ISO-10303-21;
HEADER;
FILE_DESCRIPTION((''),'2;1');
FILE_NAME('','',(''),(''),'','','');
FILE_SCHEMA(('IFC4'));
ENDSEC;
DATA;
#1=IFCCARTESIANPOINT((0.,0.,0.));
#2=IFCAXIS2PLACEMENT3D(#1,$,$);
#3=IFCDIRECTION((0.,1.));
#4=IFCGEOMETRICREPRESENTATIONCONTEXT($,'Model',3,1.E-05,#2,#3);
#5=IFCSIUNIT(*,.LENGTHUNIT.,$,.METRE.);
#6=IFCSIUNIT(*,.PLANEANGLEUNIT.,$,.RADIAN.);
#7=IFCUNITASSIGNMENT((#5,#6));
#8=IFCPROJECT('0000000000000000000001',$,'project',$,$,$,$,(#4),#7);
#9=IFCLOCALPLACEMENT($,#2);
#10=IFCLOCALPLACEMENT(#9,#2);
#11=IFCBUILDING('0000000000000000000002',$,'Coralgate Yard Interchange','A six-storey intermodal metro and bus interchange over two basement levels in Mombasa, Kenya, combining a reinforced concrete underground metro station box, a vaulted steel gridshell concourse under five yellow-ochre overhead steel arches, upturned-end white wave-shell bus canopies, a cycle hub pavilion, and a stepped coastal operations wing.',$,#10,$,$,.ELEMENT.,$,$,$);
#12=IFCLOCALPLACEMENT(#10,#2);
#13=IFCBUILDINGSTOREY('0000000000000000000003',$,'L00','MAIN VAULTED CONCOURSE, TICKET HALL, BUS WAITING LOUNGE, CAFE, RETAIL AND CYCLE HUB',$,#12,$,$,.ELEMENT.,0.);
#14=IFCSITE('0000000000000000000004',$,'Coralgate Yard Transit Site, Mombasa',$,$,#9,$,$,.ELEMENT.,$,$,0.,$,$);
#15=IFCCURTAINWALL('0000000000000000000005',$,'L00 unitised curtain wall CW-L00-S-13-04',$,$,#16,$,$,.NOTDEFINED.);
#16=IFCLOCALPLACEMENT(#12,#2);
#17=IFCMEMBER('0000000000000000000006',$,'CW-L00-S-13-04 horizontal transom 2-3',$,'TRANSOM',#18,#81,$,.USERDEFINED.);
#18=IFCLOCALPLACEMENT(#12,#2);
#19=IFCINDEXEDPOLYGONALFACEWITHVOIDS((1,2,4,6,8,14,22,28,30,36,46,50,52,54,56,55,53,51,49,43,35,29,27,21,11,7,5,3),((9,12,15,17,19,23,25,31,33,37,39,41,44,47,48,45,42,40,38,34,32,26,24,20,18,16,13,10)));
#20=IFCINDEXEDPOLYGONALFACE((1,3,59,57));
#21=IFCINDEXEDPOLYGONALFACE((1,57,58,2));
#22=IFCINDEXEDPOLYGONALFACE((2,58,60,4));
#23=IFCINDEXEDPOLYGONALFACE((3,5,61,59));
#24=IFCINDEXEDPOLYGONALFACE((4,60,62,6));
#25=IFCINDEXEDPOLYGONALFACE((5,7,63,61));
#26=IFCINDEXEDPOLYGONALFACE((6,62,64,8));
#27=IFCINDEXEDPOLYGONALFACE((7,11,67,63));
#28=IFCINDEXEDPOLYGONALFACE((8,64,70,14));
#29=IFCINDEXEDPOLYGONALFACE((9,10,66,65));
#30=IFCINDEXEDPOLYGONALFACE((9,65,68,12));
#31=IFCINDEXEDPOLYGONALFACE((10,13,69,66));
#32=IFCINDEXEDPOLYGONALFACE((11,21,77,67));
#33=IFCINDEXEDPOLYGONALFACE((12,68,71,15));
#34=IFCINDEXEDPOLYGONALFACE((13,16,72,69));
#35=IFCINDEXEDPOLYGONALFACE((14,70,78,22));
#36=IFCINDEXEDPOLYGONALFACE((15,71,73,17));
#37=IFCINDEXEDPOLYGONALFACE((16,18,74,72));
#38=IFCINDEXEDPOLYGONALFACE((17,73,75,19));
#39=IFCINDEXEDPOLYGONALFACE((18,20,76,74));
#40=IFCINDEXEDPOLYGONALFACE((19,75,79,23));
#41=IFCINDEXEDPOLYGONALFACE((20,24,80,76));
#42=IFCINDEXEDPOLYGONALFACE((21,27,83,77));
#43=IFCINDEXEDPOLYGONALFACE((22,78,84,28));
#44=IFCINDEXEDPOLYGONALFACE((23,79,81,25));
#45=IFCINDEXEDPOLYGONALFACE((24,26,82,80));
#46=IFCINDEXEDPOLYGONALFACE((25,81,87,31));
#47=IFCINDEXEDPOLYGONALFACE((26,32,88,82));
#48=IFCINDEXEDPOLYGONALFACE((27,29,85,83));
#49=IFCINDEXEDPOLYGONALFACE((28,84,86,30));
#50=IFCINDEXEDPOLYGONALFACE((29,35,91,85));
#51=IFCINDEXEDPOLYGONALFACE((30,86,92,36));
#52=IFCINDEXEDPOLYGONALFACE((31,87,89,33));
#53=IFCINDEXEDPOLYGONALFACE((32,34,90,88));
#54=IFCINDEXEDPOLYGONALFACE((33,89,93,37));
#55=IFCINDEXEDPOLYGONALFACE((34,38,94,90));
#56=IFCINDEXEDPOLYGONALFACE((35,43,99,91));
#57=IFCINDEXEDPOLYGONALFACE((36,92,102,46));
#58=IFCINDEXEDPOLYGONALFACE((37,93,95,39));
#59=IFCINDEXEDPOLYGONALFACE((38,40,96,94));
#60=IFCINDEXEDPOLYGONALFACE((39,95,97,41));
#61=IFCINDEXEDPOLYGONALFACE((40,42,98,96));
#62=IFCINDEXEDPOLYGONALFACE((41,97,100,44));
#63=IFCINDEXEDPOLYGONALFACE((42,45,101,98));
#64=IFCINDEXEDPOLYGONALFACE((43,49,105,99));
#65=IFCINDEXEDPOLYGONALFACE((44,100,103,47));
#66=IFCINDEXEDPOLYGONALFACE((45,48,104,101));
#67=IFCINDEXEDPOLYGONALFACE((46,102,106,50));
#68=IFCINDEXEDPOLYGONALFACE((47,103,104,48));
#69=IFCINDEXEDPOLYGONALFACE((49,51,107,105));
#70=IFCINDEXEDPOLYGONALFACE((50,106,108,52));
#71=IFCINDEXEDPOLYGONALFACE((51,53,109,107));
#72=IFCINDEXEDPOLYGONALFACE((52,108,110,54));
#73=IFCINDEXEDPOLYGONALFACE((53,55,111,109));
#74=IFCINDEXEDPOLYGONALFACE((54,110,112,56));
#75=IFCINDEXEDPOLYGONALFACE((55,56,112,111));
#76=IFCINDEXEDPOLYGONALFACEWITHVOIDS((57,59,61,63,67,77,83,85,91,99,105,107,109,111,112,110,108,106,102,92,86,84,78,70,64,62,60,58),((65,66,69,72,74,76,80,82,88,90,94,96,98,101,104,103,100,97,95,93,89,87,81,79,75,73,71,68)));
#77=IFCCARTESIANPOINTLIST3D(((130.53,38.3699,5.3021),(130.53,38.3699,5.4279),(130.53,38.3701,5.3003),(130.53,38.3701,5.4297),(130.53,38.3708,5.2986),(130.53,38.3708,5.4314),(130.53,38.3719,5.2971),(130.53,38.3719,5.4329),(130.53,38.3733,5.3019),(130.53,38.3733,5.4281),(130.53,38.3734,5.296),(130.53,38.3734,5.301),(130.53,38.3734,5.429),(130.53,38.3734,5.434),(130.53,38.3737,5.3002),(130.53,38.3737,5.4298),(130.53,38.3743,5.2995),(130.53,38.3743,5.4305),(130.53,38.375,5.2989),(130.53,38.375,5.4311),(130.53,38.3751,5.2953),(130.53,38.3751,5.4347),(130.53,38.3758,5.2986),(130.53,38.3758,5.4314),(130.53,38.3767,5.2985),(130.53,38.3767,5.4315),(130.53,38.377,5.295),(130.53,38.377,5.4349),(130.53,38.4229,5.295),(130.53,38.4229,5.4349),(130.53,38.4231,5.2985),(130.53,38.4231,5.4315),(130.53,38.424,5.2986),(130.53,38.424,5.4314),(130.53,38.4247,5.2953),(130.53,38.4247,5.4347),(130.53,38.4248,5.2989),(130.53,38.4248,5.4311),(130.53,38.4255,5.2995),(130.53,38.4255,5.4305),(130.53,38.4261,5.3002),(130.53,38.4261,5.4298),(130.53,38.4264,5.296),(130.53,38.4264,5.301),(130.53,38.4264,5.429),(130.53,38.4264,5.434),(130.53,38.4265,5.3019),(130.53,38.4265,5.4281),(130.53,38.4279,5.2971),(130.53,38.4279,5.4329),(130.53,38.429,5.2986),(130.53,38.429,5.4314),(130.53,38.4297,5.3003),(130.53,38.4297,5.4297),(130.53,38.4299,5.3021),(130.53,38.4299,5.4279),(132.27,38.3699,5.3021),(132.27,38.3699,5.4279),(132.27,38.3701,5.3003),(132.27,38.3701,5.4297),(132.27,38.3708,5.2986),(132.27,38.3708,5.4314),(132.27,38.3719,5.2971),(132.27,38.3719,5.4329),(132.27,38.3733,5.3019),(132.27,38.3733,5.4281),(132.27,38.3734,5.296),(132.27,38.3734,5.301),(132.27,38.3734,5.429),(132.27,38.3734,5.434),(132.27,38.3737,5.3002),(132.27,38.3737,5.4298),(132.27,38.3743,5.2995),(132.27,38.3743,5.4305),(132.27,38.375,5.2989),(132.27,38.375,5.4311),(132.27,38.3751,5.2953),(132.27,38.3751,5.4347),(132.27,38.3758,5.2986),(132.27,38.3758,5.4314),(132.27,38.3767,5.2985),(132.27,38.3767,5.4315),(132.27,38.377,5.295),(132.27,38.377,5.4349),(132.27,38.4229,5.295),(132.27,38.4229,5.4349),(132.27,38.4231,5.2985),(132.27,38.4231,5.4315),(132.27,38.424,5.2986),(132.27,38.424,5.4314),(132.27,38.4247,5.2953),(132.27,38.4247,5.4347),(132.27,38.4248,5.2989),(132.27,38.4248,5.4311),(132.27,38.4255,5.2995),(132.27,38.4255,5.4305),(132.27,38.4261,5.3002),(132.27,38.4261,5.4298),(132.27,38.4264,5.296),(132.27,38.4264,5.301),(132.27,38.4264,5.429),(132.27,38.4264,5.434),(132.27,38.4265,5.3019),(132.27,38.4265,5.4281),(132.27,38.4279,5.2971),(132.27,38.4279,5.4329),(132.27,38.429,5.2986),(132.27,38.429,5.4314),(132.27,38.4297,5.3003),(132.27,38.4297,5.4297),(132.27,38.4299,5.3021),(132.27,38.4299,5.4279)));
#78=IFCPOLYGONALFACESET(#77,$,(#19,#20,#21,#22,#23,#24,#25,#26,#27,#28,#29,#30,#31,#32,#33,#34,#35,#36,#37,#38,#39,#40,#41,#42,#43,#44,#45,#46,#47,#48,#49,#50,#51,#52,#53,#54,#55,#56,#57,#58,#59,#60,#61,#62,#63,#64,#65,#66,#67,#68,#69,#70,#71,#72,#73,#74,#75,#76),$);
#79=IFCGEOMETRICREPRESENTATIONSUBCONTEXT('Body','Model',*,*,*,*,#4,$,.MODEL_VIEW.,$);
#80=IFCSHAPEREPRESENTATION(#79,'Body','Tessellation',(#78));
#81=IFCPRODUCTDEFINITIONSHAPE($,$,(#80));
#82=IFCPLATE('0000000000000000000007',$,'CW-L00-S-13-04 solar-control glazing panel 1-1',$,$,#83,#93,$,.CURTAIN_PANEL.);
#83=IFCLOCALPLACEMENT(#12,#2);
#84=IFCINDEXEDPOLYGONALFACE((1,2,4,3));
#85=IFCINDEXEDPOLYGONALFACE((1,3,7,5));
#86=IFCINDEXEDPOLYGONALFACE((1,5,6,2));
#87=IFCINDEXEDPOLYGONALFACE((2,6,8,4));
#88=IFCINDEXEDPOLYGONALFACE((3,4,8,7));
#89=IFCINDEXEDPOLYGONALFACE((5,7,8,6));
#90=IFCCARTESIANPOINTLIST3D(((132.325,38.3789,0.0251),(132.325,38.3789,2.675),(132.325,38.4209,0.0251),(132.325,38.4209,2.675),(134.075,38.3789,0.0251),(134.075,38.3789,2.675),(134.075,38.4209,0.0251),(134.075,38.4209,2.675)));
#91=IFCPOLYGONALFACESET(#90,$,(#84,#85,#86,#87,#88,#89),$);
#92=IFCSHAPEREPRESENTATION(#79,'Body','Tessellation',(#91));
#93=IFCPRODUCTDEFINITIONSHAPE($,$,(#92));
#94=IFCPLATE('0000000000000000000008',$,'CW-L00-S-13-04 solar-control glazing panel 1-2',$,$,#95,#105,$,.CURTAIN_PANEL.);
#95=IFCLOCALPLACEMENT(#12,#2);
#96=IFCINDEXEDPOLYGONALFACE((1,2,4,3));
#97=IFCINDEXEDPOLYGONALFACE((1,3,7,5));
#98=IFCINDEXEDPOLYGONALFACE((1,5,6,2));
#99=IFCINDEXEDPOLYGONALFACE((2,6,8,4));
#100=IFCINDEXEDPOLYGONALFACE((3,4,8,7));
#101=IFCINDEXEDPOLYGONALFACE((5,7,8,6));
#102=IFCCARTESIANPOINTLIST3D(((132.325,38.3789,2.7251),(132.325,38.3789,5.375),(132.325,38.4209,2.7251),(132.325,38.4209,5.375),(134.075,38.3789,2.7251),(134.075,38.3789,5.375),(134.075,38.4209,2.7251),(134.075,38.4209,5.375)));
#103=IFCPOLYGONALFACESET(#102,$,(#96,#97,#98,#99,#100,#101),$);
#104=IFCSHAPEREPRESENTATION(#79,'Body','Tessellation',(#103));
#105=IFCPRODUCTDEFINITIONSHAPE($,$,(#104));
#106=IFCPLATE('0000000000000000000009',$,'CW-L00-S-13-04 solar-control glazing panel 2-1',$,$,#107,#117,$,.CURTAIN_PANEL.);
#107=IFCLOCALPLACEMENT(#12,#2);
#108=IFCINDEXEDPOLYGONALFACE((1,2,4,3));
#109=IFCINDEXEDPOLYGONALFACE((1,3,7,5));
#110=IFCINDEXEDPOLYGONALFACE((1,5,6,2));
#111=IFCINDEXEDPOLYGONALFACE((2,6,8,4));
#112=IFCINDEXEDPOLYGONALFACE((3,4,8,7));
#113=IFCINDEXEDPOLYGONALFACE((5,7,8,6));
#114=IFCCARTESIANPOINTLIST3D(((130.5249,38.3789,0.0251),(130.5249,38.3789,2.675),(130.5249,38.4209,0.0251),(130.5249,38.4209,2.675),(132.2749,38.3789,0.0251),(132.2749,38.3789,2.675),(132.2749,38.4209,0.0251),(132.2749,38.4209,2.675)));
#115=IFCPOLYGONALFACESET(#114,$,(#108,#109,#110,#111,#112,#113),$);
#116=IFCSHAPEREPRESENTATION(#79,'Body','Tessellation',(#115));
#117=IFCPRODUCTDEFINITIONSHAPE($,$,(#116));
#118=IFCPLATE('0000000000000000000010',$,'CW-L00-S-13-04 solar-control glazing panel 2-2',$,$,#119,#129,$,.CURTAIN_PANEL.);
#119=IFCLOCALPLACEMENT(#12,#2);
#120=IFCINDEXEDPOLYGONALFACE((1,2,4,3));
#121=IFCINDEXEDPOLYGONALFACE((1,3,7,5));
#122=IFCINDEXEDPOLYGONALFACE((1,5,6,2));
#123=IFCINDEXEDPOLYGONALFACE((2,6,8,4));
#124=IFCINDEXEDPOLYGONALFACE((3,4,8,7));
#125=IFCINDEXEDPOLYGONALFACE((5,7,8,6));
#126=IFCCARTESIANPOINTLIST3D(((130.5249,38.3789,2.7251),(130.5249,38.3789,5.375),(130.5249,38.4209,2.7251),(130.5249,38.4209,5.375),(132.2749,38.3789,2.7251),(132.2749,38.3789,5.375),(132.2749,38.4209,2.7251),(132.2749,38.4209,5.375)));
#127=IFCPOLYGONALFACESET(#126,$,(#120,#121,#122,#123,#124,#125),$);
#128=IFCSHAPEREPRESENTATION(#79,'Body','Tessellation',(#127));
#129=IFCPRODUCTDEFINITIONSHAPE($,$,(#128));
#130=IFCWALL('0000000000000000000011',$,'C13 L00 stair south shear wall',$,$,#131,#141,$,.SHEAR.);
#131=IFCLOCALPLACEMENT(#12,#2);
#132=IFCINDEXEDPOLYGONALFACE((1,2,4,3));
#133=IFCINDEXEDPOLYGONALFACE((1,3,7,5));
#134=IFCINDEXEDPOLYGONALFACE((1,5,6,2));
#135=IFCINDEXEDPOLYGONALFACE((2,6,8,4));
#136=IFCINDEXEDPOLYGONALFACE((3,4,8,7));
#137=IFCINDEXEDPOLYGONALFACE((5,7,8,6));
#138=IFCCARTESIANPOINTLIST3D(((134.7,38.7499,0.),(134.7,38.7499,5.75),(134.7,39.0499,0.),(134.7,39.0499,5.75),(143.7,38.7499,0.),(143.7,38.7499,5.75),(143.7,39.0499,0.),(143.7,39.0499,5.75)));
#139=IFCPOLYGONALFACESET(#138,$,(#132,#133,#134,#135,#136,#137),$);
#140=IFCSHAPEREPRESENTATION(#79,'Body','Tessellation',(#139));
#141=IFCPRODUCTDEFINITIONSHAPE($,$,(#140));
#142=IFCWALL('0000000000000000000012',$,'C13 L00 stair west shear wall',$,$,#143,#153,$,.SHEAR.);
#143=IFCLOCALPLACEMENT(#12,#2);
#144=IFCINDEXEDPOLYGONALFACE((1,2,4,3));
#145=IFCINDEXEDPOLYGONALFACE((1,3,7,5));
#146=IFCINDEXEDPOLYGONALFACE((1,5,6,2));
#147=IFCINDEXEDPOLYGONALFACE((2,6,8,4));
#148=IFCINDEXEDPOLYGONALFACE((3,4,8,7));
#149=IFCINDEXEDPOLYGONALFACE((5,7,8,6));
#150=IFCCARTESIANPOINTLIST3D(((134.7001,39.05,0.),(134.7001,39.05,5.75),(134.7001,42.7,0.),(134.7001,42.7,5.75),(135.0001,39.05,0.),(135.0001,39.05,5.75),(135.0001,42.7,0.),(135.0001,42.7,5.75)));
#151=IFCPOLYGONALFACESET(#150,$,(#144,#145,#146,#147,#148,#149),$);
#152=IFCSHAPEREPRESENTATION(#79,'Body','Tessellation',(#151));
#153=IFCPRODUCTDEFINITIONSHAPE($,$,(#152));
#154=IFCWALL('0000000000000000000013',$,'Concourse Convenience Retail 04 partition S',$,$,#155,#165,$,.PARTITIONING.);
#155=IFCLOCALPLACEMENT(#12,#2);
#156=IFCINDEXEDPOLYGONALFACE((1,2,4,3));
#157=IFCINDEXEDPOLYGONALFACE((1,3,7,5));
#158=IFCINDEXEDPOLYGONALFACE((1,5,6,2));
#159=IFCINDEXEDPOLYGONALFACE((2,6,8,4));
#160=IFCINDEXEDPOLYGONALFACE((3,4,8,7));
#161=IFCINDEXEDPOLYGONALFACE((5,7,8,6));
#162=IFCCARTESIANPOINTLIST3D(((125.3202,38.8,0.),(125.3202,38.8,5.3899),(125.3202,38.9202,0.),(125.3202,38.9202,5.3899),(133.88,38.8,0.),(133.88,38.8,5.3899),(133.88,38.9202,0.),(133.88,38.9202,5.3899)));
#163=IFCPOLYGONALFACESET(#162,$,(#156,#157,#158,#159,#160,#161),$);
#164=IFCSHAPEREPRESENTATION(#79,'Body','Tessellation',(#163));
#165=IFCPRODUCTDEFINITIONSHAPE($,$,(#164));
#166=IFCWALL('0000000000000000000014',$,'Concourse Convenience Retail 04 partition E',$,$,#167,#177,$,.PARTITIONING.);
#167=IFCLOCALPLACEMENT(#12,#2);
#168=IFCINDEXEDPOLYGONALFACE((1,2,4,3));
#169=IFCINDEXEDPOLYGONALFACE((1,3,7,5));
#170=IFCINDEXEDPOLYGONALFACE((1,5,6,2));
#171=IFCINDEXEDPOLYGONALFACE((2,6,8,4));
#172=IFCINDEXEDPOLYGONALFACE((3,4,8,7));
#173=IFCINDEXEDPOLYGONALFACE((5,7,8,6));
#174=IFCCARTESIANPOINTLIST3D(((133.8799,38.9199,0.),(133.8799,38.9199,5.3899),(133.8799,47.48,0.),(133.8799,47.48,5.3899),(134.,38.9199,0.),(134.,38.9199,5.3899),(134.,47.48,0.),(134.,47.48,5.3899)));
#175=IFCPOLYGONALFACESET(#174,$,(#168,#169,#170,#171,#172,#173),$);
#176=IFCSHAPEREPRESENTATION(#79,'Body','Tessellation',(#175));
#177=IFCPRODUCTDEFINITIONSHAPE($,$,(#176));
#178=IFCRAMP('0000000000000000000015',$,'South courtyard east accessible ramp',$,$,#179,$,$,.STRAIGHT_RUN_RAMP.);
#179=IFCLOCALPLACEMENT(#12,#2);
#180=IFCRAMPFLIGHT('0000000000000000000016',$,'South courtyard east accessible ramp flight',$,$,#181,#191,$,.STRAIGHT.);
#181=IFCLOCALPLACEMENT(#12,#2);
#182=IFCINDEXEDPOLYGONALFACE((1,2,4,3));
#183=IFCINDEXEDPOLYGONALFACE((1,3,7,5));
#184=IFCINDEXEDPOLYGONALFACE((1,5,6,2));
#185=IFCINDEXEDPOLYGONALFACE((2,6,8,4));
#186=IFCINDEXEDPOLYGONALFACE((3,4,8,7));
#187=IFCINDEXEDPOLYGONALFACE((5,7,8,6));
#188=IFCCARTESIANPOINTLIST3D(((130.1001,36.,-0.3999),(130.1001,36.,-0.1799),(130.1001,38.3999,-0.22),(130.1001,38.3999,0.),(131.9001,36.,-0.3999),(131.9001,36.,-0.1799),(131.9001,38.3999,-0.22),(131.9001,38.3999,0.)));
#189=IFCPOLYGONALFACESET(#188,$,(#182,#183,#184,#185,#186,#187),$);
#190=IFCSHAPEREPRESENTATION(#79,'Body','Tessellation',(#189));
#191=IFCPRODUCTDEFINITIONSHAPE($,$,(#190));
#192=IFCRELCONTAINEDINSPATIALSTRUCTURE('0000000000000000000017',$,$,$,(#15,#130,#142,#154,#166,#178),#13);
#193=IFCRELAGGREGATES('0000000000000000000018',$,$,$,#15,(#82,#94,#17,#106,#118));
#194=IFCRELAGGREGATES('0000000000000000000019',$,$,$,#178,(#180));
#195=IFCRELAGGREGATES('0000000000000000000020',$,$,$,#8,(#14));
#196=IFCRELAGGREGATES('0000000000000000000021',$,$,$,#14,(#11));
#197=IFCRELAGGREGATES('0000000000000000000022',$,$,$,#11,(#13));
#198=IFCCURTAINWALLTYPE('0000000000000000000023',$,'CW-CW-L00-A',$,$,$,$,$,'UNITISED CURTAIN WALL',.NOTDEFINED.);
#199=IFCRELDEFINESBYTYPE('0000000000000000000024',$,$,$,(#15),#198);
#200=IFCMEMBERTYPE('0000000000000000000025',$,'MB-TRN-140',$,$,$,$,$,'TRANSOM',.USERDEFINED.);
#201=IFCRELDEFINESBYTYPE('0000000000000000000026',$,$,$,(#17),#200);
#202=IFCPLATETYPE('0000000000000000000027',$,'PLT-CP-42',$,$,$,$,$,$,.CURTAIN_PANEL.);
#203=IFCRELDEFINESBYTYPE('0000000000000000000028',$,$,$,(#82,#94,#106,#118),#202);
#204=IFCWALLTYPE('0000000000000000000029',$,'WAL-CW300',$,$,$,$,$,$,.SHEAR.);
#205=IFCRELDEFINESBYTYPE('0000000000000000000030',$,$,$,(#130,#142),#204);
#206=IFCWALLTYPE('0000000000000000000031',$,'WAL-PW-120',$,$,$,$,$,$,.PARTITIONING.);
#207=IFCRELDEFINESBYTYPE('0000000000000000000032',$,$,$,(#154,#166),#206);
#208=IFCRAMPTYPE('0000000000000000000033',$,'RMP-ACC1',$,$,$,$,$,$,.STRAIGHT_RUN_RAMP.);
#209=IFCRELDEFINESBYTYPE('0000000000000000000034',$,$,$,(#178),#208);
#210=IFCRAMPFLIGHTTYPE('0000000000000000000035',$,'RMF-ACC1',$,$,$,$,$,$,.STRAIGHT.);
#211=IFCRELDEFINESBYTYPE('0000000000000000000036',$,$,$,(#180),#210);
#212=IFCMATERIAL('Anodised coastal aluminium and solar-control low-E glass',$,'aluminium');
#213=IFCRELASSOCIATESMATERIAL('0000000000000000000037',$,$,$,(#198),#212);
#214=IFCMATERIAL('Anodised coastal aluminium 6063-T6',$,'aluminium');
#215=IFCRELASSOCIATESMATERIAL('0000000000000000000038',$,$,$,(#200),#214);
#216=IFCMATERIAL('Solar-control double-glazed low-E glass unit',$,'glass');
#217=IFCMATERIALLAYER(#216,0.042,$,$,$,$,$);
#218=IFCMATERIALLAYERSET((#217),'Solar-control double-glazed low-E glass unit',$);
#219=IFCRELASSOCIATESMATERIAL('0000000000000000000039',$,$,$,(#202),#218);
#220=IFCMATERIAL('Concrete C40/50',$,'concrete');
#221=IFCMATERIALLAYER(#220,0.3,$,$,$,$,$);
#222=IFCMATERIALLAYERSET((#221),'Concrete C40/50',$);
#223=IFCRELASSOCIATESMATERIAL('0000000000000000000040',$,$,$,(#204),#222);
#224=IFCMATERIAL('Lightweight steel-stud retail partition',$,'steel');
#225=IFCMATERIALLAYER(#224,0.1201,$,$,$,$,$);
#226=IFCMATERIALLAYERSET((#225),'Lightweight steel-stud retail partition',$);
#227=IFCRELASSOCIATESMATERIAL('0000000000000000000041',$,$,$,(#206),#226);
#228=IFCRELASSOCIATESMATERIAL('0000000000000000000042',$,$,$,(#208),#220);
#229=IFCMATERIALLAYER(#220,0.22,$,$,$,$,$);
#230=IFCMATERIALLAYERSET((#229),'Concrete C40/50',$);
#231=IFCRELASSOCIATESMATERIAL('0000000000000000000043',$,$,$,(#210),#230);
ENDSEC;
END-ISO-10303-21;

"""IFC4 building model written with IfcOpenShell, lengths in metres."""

from ifc_helpers import new_model, si_unit, direction, frame, frame_2d, origin, origin_2d, place, context, subcontext, project, spatial, polyline, rectangle, hollow_rectangle, outline, extrude, material, layer, layer_set, material_profile, profile_set, type_object, element, aggregate, save


model = new_model("IFC4")

# Units and contexts
model_context = context("Model", 3, precision=1e-05, world=origin(), true_north=direction((0.0, 1.0)))
body_context = subcontext(model_context, "Body", "Model", "MODEL_VIEW")
ifc_project = project(units=[si_unit("LENGTHUNIT", "METRE"), si_unit("PLANEANGLEUNIT", "RADIAN")], contexts=[model_context])

# Site, building, storey
site_placement = place(None, origin())
site = spatial("IfcSite", under=ifc_project, at=site_placement, Name="Coralgate Yard Transit Site, Mombasa", CompositionType="ELEMENT", RefElevation=0.0)
building_placement = place(site_placement, origin())
building = spatial("IfcBuilding", under=site, at=building_placement, Name="Coralgate Yard Interchange", Description="A six-storey intermodal metro and bus interchange over two basement levels in Mombasa, Kenya, combining a reinforced concrete underground metro station box, a vaulted steel gridshell concourse under five yellow-ochre overhead steel arches, upturned-end white wave-shell bus canopies, a cycle hub pavilion, and a stepped coastal operations wing.", CompositionType="ELEMENT")
storey_placement = place(building_placement, origin())
storey = spatial("IfcBuildingStorey", under=building, at=storey_placement, Name="L00", Description="MAIN VAULTED CONCOURSE, TICKET HALL, BUS WAITING LOUNGE, CAFE, RETAIL AND CYCLE HUB", CompositionType="ELEMENT", Elevation=0.0)

# Shared definitions
ifc_material_1 = material(Name="Concrete C40/50", Category="concrete")

# Curtain wall, member, plates
ifc_material_2 = material(Name="Anodised coastal aluminium and solar-control low-E glass", Category="aluminium")
curtain_wall_type = type_object("IfcCurtainWallType", Name="CW-CW-L00-A", ElementType="UNITISED CURTAIN WALL", PredefinedType="NOTDEFINED", material=ifc_material_2)
curtain_wall_placement = place(storey_placement, origin())
curtain_wall = element("IfcCurtainWall", 1, at=curtain_wall_placement, inside=storey, type_object=curtain_wall_type, Name="L00 unitised curtain wall CW-L00-S-13-04", PredefinedType="NOTDEFINED")
ifc_material_3 = material(Name="Anodised coastal aluminium 6063-T6", Category="aluminium")
ifc_material_profile_1 = material_profile(ifc_material_3, hollow_rectangle(XDim=0.0601, YDim=0.1399, WallThickness=0.0034, InnerFilletRadius=0.0034, OuterFilletRadius=0.0071, at=origin_2d()), Name="ALU 60x140x3.5")
ifc_profile_set_1 = profile_set([ifc_material_profile_1], Name="Anodised coastal aluminium 6063-T6")
member_type_1 = type_object("IfcMemberType", Name="MB-TRN-140", ElementType="TRANSOM", PredefinedType="USERDEFINED", material=ifc_profile_set_1)
member_1_placement = place(storey_placement, frame((132.27, 38.3999, 5.365), z_axis=(-1.0, 0.0, 0.0), x_axis=(0.0, -1.0, 0.0)))
member_1 = element("IfcMember", 2, at=member_1_placement, type_object=member_type_1, Name="CW-L00-S-13-04 horizontal transom 2-3", ObjectType="TRANSOM", PredefinedType="USERDEFINED", context=body_context, shape_type="SweptSolid", body=[
    extrude(hollow_rectangle(XDim=0.0601, YDim=0.1399, WallThickness=0.0034, InnerFilletRadius=0.0034, OuterFilletRadius=0.0071, at=origin_2d()), origin(), (0.0, 0.0, 1.0), 1.74),
])
ifc_material_4 = material(Name="Solar-control double-glazed low-E glass unit", Category="glass")
ifc_layer_1 = layer(ifc_material_4, 0.042)
ifc_layer_set_1 = layer_set([ifc_layer_1], Name="Solar-control double-glazed low-E glass unit")
plate_type = type_object("IfcPlateType", Name="PLT-CP-42", PredefinedType="CURTAIN_PANEL", material=ifc_layer_set_1)
plate_1_placement = place(storey_placement, frame((133.2, 38.3999, 0.0251), z_axis=(0.0, 0.0, 1.0), x_axis=(-1.0, 0.0, 0.0)))
plate_1 = element("IfcPlate", 3, at=plate_1_placement, type_object=plate_type, Name="CW-L00-S-13-04 solar-control glazing panel 1-1", PredefinedType="CURTAIN_PANEL", context=body_context, shape_type="SweptSolid", body=[
    extrude(rectangle(XDim=1.75, YDim=0.042, at=origin_2d()), origin(), (0.0, 0.0, 1.0), 2.6499),
])
plate_2_placement = place(storey_placement, frame((133.2, 38.3999, 2.7251), z_axis=(0.0, 0.0, 1.0), x_axis=(-1.0, 0.0, 0.0)))
plate_2 = element("IfcPlate", 4, at=plate_2_placement, type_object=plate_type, Name="CW-L00-S-13-04 solar-control glazing panel 1-2", PredefinedType="CURTAIN_PANEL", context=body_context, shape_type="SweptSolid", body=[
    extrude(rectangle(XDim=1.75, YDim=0.042, at=origin_2d()), origin(), (0.0, 0.0, 1.0), 2.6499),
])
plate_3_placement = place(storey_placement, frame((131.3999, 38.3999, 0.0251), z_axis=(0.0, 0.0, 1.0), x_axis=(-1.0, 0.0, 0.0)))
plate_3 = element("IfcPlate", 5, at=plate_3_placement, type_object=plate_type, Name="CW-L00-S-13-04 solar-control glazing panel 2-1", PredefinedType="CURTAIN_PANEL", context=body_context, shape_type="SweptSolid", body=[
    extrude(rectangle(XDim=1.75, YDim=0.042, at=origin_2d()), origin(), (0.0, 0.0, 1.0), 2.6499),
])
plate_4_placement = place(storey_placement, frame((131.3999, 38.3999, 2.7251), z_axis=(0.0, 0.0, 1.0), x_axis=(-1.0, 0.0, 0.0)))
plate_4 = element("IfcPlate", 6, at=plate_4_placement, type_object=plate_type, Name="CW-L00-S-13-04 solar-control glazing panel 2-2", PredefinedType="CURTAIN_PANEL", context=body_context, shape_type="SweptSolid", body=[
    extrude(rectangle(XDim=1.75, YDim=0.042, at=origin_2d()), origin(), (0.0, 0.0, 1.0), 2.6499),
])
aggregate(curtain_wall, [plate_1, plate_2, member_1, plate_3, plate_4])

# Walls
ifc_layer_2 = layer(ifc_material_1, 0.3)
ifc_layer_set_2 = layer_set([ifc_layer_2], Name="Concrete C40/50")
wall_type_1 = type_object("IfcWallType", Name="WAL-CW300", PredefinedType="SHEAR", material=ifc_layer_set_2)
wall_1_placement = place(storey_placement, frame((134.7, 38.8999, 0.0), z_axis=(0.0, 0.0, 1.0), x_axis=(1.0, 0.0, 0.0)))
element("IfcWall", 7, at=wall_1_placement, inside=storey, type_object=wall_type_1, Name="C13 L00 stair south shear wall", PredefinedType="SHEAR", context=body_context, shape_type="SweptSolid", body=[
    extrude(rectangle(XDim=9.0, YDim=0.3, at=frame_2d((4.5, 0.0))), origin(), (0.0, 0.0, 1.0), 5.75),
])
wall_2_placement = place(storey_placement, frame((134.8501, 39.05, 0.0), z_axis=(0.0, 0.0, 1.0), x_axis=(0.0, 1.0, 0.0)))
element("IfcWall", 8, at=wall_2_placement, inside=storey, type_object=wall_type_1, Name="C13 L00 stair west shear wall", PredefinedType="SHEAR", context=body_context, shape_type="SweptSolid", body=[
    extrude(rectangle(XDim=3.6499, YDim=0.3, at=frame_2d((1.825, 0.0))), origin(), (0.0, 0.0, 1.0), 5.75),
])
ifc_material_5 = material(Name="Lightweight steel-stud retail partition", Category="steel")
ifc_layer_3 = layer(ifc_material_5, 0.1201)
ifc_layer_set_3 = layer_set([ifc_layer_3], Name="Lightweight steel-stud retail partition")
wall_type_2 = type_object("IfcWallType", Name="WAL-PW-120", PredefinedType="PARTITIONING", material=ifc_layer_set_3)
wall_3_placement = place(storey_placement, frame((133.8799, 38.8601, 0.0), z_axis=(0.0, 0.0, 1.0), x_axis=(-1.0, 0.0, 0.0)))
element("IfcWall", 9, at=wall_3_placement, inside=storey, type_object=wall_type_2, Name="Concourse Convenience Retail 04 partition S", PredefinedType="PARTITIONING", context=body_context, shape_type="SweptSolid", body=[
    extrude(rectangle(XDim=8.5598, YDim=0.1201, at=frame_2d((4.2798, 0.0))), origin(), (0.0, 0.0, 1.0), 5.3899),
])
wall_4_placement = place(storey_placement, frame((133.9399, 47.48, 0.0), z_axis=(0.0, 0.0, 1.0), x_axis=(0.0, -1.0, 0.0)))
element("IfcWall", 10, at=wall_4_placement, inside=storey, type_object=wall_type_2, Name="Concourse Convenience Retail 04 partition E", PredefinedType="PARTITIONING", context=body_context, shape_type="SweptSolid", body=[
    extrude(rectangle(XDim=8.5601, YDim=0.1201, at=frame_2d((4.28, 0.0))), origin(), (0.0, 0.0, 1.0), 5.3899),
])

# Ramp, ramp flight
ramp_type = type_object("IfcRampType", Name="RMP-ACC1", PredefinedType="STRAIGHT_RUN_RAMP", material=ifc_material_1)
ramp_placement = place(storey_placement, origin())
ramp = element("IfcRamp", 11, at=ramp_placement, inside=storey, type_object=ramp_type, Name="South courtyard east accessible ramp", PredefinedType="STRAIGHT_RUN_RAMP")
ifc_layer_4 = layer(ifc_material_1, 0.22)
ifc_layer_set_4 = layer_set([ifc_layer_4], Name="Concrete C40/50")
ramp_flight_type = type_object("IfcRampFlightType", Name="RMF-ACC1", PredefinedType="STRAIGHT", material=ifc_layer_set_4)
ramp_flight_placement = place(storey_placement, frame((131.0, 36.0, -0.1799), z_axis=(0.0, 0.0, 1.0), x_axis=(0.0, 1.0, 0.0)))
ramp_flight = element("IfcRampFlight", 12, at=ramp_flight_placement, type_object=ramp_flight_type, Name="South courtyard east accessible ramp flight", PredefinedType="STRAIGHT", context=body_context, shape_type="SweptSolid", body=[
    extrude(outline(polyline([(0.0, 0.0), (2.3999, 0.1799), (2.3999, -0.04), (0.0, -0.22), (0.0, 0.0)])), frame((0.0, 0.8999, 0.0), z_axis=(0.0, -1.0, 0.0), x_axis=(1.0, 0.0, 0.0)), (0.0, 0.0, 1.0), 1.8),
])
aggregate(ramp, [ramp_flight])

save(model, "model.ifc")
